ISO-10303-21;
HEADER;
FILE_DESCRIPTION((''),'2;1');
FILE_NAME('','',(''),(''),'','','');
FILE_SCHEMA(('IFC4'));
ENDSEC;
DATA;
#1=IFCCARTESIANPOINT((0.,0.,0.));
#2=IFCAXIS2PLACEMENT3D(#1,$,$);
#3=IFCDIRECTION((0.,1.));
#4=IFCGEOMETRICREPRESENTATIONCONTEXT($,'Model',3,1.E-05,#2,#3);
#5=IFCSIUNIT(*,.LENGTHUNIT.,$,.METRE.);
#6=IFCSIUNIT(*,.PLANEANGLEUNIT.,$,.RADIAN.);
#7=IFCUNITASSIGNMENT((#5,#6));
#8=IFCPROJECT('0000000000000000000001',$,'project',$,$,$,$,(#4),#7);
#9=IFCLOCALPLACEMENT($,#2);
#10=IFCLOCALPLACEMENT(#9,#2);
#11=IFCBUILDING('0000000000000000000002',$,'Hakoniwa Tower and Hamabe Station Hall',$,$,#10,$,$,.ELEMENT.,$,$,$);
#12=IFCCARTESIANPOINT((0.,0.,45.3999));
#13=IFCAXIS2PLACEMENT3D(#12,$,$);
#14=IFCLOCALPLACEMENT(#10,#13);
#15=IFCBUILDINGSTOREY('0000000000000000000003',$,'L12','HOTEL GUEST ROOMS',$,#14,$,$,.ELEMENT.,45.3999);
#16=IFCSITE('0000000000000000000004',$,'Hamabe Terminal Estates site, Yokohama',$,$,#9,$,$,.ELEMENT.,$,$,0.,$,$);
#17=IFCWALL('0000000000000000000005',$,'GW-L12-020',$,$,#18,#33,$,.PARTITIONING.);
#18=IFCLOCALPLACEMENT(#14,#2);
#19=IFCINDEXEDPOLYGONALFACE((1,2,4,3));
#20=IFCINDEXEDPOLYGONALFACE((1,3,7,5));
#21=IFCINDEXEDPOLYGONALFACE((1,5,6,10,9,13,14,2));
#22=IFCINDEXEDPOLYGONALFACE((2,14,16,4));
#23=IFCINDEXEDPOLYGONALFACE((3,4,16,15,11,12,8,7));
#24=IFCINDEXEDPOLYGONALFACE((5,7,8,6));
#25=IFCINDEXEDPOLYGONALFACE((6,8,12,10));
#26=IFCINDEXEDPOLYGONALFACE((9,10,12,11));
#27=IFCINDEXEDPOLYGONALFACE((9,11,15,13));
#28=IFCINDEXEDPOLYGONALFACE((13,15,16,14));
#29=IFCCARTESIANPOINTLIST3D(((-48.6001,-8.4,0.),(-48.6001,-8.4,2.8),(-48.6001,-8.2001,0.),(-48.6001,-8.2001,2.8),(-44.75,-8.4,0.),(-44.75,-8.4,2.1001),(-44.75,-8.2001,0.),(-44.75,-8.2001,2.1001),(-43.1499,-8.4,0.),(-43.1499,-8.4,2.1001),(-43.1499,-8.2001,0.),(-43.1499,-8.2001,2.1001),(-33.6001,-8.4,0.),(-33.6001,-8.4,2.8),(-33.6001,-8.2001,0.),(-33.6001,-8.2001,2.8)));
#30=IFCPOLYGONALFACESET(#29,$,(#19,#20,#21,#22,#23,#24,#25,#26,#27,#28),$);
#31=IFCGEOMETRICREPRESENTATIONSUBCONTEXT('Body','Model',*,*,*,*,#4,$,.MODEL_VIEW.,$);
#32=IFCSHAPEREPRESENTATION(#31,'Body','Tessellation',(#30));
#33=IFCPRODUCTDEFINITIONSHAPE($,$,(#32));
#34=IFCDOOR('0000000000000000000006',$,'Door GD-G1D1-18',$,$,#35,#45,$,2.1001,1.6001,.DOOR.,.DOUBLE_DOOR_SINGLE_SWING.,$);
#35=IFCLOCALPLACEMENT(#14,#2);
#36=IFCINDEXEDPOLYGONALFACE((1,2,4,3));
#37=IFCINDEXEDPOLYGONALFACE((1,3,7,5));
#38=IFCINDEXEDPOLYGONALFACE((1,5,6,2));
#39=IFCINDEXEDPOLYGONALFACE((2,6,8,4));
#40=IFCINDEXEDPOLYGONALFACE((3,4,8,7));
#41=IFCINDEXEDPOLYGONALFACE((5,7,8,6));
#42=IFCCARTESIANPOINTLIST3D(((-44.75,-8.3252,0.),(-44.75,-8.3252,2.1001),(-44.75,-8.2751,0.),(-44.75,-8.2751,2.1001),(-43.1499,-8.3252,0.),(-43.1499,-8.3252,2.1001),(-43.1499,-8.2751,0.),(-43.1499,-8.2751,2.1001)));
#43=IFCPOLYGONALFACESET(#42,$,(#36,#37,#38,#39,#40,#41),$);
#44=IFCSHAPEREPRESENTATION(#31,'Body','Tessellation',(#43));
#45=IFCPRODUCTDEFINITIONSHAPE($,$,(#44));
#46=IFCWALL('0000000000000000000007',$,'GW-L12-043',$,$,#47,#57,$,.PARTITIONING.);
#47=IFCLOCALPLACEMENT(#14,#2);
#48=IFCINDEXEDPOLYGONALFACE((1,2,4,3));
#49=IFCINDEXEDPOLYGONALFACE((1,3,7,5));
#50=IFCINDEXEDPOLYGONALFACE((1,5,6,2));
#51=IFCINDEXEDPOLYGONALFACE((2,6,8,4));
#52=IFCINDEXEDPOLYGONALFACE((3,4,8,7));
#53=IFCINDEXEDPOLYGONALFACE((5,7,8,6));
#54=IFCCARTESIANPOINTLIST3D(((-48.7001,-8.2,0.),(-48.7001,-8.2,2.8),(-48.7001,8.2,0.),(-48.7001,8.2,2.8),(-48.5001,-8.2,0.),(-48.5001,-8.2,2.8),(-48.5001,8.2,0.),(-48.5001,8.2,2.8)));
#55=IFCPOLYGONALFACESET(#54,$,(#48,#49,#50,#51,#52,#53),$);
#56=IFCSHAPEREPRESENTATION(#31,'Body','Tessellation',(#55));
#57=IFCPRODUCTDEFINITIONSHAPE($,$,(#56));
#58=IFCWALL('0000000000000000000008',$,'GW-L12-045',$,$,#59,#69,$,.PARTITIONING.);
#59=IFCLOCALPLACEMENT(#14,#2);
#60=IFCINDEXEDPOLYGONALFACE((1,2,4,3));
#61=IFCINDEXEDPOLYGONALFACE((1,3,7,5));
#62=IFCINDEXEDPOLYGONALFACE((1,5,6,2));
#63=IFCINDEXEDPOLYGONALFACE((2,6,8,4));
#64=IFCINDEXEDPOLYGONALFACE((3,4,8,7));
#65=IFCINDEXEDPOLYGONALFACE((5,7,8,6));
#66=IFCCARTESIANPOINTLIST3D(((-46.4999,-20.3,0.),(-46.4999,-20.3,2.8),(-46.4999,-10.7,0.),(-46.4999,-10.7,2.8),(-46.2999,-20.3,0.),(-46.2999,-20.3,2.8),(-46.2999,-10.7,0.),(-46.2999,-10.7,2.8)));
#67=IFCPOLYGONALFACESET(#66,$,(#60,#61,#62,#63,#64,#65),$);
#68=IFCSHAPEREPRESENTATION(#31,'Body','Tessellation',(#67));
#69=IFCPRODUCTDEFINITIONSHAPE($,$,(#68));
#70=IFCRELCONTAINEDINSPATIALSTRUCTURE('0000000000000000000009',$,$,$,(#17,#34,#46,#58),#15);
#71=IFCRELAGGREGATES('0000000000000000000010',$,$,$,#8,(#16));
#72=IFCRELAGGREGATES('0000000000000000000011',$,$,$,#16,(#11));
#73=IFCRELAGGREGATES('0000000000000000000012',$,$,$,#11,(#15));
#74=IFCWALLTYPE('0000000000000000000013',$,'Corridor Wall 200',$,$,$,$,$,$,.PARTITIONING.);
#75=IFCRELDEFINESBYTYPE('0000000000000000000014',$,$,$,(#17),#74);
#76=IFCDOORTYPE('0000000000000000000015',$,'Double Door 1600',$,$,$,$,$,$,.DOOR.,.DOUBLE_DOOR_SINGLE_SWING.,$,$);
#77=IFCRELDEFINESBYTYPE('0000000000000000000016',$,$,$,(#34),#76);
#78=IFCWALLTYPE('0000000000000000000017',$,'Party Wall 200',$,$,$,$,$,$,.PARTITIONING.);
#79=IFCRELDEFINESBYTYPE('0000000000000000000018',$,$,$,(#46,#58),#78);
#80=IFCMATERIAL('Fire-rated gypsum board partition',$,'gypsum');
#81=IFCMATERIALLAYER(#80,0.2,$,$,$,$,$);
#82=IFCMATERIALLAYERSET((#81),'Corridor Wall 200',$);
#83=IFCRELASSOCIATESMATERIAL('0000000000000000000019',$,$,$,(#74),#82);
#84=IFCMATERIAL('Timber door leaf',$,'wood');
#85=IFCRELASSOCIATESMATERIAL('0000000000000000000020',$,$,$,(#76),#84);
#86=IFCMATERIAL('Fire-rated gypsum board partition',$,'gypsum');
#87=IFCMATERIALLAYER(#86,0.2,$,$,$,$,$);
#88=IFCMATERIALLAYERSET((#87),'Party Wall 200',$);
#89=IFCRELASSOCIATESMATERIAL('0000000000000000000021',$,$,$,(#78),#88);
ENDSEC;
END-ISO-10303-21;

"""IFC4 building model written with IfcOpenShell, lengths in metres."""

from ifc_helpers import new_model, si_unit, direction, frame, frame_2d, origin, place, context, subcontext, project, spatial, rectangle, extrude, material, layer, layer_set, type_object, element, fill, save


model = new_model("IFC4")

# Units and contexts
model_context = context("Model", 3, precision=1e-05, world=origin(), true_north=direction((0.0, 1.0)))
body_context = subcontext(model_context, "Body", "Model", "MODEL_VIEW")
ifc_project = project(units=[si_unit("LENGTHUNIT", "METRE"), si_unit("PLANEANGLEUNIT", "RADIAN")], contexts=[model_context])

# Site, building, storey
site_placement = place(None, origin())
site = spatial("IfcSite", under=ifc_project, at=site_placement, Name="Hamabe Terminal Estates site, Yokohama", CompositionType="ELEMENT", RefElevation=0.0)
building_placement = place(site_placement, origin())
building = spatial("IfcBuilding", under=site, at=building_placement, Name="Hakoniwa Tower and Hamabe Station Hall", CompositionType="ELEMENT")
storey_placement = place(building_placement, frame((0.0, 0.0, 45.3999)))
storey = spatial("IfcBuildingStorey", under=building, at=storey_placement, Name="L12", Description="HOTEL GUEST ROOMS", CompositionType="ELEMENT", Elevation=45.3999)

# Shared definitions
ifc_material_1 = material(Name="Fire-rated gypsum board partition", Category="gypsum")
ifc_layer_1 = layer(ifc_material_1, 0.2)
ifc_layer_set_1 = layer_set([ifc_layer_1], Name="Corridor Wall 200")
wall_type_1 = type_object("IfcWallType", Name="Corridor Wall 200", PredefinedType="PARTITIONING", material=ifc_layer_set_1)

# Wall, opening, door
wall_1_placement = place(storey_placement, frame((-48.6001, -8.3, 0.0), z_axis=(0.0, 0.0, 1.0), x_axis=(1.0, 0.0, 0.0)))
wall_1 = element("IfcWall", 1, at=wall_1_placement, inside=storey, type_object=wall_type_1, Name="GW-L12-020", PredefinedType="PARTITIONING", context=body_context, shape_type="SweptSolid", body=[
    extrude(rectangle(XDim=15.0, YDim=0.2, at=frame_2d((7.5, 0.0))), origin(), (0.0, 0.0, 1.0), 2.8),
])
opening_1_placement = place(wall_1_placement, frame((3.8501, 0.0, 0.0)))
opening_1 = element("IfcOpeningElement", 2, at=opening_1_placement, cuts=wall_1, PredefinedType="OPENING", context=body_context, shape_type="SweptSolid", body=[
    extrude(rectangle(XDim=1.6001, YDim=2.1001, at=frame_2d((0.8, 1.05))), frame((0.0, 0.1099, 0.0), z_axis=(0.0, -1.0, 0.0), x_axis=(1.0, 0.0, 0.0)), (0.0, 0.0, 1.0), 0.22),
])
ifc_material_2 = material(Name="Timber door leaf", Category="wood")
door_type_1 = type_object("IfcDoorType", Name="Double Door 1600", OperationType="DOUBLE_DOOR_SINGLE_SWING", PredefinedType="DOOR", material=ifc_material_2)
door_1_placement = place(opening_1_placement, origin())
door_1 = element("IfcDoor", 3, at=door_1_placement, inside=storey, type_object=door_type_1, Name="Door GD-G1D1-18", OperationType="DOUBLE_DOOR_SINGLE_SWING", OverallHeight=2.1001, OverallWidth=1.6001, PredefinedType="DOOR", context=body_context, shape_type="SweptSolid", body=[
    extrude(rectangle(XDim=1.6001, YDim=2.1001, at=frame_2d((0.8, 1.05))), frame((0.0, 0.0249, 0.0), z_axis=(0.0, -1.0, 0.0), x_axis=(1.0, 0.0, 0.0)), (0.0, 0.0, 1.0), 0.05),
])
fill(opening_1, door_1)

# Walls
ifc_material_3 = material(Name="Fire-rated gypsum board partition", Category="gypsum")
ifc_layer_2 = layer(ifc_material_3, 0.2)
ifc_layer_set_2 = layer_set([ifc_layer_2], Name="Party Wall 200")
wall_type_2 = type_object("IfcWallType", Name="Party Wall 200", PredefinedType="PARTITIONING", material=ifc_layer_set_2)
wall_2_placement = place(storey_placement, frame((-48.6001, -8.2, 0.0), z_axis=(0.0, 0.0, 1.0), x_axis=(0.0, 1.0, 0.0)))
element("IfcWall", 4, at=wall_2_placement, inside=storey, type_object=wall_type_2, Name="GW-L12-043", PredefinedType="PARTITIONING", context=body_context, shape_type="SweptSolid", body=[
    extrude(rectangle(XDim=16.3999, YDim=0.2, at=frame_2d((8.2, 0.0))), origin(), (0.0, 0.0, 1.0), 2.8),
])
wall_3_placement = place(storey_placement, frame((-46.3999, -20.3, 0.0), z_axis=(0.0, 0.0, 1.0), x_axis=(0.0, 1.0, 0.0)))
element("IfcWall", 5, at=wall_3_placement, inside=storey, type_object=wall_type_2, Name="GW-L12-045", PredefinedType="PARTITIONING", context=body_context, shape_type="SweptSolid", body=[
    extrude(rectangle(XDim=9.6001, YDim=0.2, at=frame_2d((4.8, 0.0))), origin(), (0.0, 0.0, 1.0), 2.8),
])

save(model, "model.ifc")
